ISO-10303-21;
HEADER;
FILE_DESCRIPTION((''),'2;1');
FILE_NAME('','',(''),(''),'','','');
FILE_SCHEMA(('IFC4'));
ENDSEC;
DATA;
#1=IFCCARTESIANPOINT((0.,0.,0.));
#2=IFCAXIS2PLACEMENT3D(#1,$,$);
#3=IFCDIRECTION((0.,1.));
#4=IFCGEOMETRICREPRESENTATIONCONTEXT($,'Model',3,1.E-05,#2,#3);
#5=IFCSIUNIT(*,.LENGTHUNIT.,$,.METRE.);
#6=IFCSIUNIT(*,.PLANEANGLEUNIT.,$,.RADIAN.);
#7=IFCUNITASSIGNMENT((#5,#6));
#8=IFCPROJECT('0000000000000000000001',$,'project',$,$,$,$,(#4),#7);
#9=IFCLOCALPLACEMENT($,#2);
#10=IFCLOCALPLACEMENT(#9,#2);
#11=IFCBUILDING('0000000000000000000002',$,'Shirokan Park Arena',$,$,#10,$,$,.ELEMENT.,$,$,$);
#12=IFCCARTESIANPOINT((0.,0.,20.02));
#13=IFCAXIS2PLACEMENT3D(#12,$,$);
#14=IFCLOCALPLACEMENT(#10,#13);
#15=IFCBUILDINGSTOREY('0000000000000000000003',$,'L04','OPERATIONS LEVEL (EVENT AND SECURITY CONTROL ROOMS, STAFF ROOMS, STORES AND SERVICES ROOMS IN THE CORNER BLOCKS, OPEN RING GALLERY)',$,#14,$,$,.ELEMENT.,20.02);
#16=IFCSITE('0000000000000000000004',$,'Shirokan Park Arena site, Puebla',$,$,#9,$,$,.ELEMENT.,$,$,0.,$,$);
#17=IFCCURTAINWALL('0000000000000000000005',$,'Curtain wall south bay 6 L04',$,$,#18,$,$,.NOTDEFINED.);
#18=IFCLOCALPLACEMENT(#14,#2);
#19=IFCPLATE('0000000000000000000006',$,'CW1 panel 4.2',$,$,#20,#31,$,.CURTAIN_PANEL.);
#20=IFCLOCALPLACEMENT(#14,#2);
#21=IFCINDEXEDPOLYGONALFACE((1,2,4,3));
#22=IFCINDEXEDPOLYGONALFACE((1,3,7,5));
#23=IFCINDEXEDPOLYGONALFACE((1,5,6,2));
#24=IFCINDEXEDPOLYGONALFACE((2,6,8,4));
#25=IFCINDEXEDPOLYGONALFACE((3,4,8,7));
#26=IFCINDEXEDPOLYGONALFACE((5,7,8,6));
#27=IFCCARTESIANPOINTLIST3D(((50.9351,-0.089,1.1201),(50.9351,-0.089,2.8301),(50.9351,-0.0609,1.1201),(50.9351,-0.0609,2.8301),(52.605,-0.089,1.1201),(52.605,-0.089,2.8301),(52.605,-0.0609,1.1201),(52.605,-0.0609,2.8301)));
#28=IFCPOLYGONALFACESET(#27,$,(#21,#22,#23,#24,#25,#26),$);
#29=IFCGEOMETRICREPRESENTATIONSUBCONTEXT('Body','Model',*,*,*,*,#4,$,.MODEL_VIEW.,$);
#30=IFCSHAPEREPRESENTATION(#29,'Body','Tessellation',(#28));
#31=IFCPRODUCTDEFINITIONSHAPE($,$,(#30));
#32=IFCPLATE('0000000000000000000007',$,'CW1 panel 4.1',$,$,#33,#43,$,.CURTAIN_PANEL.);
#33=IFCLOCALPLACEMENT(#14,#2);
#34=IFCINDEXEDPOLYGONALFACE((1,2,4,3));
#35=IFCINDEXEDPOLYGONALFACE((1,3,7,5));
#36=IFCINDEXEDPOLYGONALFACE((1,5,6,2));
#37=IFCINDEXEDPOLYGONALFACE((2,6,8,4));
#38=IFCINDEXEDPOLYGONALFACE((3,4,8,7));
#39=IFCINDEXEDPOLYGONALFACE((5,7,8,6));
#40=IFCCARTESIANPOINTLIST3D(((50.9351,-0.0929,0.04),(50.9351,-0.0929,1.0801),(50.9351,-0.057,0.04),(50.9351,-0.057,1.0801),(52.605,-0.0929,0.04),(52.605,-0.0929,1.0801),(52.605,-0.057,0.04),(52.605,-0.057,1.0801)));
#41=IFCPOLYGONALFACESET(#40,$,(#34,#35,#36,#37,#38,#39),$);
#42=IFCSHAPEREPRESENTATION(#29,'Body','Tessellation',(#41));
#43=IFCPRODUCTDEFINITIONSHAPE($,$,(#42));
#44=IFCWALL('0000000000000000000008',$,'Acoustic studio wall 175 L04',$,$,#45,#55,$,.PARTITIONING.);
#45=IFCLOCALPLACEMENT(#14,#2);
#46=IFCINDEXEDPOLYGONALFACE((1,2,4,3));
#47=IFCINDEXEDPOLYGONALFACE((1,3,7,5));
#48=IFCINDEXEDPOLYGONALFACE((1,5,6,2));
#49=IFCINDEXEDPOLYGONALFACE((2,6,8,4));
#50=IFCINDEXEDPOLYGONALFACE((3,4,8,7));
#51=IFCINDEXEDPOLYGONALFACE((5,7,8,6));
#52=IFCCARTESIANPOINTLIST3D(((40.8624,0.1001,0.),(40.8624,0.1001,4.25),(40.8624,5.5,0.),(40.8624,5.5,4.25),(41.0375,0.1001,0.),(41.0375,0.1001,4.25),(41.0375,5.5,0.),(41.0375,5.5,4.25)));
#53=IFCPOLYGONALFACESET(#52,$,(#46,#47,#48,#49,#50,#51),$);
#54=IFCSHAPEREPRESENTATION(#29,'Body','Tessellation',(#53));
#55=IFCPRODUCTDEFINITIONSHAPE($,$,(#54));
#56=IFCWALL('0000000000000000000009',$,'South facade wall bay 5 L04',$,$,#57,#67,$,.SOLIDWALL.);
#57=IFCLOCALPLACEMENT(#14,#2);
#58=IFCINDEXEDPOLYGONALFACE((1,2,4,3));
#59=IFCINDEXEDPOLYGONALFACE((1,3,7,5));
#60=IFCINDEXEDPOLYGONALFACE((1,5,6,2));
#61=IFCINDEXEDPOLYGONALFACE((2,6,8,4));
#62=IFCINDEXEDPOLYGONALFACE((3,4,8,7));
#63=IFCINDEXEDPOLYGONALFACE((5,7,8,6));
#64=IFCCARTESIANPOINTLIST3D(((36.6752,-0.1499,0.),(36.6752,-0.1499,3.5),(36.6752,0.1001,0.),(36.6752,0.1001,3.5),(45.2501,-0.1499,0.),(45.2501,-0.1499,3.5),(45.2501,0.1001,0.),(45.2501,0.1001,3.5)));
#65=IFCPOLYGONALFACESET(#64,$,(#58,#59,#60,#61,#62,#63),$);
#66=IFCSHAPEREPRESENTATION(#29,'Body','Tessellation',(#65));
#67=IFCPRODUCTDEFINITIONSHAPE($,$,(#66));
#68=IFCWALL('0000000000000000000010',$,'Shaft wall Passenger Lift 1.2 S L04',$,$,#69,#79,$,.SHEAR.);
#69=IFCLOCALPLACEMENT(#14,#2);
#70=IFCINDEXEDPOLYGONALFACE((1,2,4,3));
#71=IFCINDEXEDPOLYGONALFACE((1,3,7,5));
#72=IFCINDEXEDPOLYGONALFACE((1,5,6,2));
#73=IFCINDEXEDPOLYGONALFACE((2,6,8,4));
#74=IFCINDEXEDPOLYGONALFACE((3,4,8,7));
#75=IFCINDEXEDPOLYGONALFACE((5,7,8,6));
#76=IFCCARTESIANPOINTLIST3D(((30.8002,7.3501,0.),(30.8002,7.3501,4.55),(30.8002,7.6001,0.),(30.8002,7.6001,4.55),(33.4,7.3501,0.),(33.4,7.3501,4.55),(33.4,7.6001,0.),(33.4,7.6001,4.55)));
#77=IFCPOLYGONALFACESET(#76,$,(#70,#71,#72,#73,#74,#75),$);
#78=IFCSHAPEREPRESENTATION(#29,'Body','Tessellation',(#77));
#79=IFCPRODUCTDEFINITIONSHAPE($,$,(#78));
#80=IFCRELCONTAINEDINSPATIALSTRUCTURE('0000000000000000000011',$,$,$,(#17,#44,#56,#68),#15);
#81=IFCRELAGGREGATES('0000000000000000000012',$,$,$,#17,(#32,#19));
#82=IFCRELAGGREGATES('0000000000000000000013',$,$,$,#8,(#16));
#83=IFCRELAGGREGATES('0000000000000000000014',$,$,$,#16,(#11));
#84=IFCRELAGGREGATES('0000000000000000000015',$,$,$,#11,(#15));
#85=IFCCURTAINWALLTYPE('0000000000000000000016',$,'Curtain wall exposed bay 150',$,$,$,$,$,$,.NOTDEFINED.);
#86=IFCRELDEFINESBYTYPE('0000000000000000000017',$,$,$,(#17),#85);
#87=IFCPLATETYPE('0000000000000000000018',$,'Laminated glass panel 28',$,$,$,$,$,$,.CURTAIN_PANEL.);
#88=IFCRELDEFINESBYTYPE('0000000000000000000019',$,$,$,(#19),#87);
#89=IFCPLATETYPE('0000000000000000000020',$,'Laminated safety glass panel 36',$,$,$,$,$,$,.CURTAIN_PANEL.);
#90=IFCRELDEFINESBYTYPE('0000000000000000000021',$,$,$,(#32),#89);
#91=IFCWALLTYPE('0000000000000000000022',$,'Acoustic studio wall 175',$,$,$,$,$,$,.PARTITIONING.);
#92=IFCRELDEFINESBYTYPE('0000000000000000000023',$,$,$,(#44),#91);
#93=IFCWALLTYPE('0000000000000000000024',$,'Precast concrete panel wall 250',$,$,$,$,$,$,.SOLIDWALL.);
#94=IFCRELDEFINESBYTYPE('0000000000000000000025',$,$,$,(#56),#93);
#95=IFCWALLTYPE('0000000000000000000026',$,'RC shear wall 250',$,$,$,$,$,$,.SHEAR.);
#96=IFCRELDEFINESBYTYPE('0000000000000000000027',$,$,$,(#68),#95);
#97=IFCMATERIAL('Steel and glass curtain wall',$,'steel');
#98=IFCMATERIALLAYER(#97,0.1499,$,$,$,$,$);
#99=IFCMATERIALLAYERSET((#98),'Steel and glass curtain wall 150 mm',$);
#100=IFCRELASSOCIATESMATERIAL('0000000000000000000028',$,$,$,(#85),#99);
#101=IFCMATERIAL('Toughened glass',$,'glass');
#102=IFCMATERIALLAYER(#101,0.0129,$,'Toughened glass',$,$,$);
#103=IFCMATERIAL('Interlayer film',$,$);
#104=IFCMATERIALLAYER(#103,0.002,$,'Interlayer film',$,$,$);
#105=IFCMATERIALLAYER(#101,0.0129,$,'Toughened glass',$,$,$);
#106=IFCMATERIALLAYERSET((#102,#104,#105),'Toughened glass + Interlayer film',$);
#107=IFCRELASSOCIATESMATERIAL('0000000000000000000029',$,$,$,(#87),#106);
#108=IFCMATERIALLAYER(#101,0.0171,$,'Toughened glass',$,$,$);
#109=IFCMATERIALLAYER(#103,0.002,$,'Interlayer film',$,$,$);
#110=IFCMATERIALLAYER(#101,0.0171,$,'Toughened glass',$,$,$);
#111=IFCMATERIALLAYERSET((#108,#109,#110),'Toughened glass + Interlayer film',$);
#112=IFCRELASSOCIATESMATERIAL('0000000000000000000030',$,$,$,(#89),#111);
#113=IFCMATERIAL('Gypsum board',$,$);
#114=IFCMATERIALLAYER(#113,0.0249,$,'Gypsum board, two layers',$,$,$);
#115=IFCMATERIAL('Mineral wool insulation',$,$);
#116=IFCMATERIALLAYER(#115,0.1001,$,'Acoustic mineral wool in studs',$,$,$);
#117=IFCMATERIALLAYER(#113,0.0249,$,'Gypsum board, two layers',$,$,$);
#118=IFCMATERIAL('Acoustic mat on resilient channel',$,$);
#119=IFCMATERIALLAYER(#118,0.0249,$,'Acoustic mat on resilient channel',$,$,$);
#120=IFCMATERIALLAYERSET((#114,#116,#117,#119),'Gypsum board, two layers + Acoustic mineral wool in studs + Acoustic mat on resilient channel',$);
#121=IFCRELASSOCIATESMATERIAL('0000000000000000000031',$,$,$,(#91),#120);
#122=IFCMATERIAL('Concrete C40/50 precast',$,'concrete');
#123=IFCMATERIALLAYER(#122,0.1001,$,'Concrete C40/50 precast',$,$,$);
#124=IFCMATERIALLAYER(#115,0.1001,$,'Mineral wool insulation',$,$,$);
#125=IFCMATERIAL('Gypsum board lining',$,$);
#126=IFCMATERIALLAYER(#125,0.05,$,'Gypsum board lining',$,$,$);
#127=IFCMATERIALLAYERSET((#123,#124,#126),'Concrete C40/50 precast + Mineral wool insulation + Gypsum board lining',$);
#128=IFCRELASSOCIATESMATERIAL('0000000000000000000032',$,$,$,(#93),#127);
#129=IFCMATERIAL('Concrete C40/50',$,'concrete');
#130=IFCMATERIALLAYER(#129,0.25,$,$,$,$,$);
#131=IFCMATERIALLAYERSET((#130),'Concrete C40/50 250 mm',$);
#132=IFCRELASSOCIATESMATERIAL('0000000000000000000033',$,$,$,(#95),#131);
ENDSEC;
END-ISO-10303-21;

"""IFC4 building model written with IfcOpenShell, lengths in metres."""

from ifc_helpers import new_model, si_unit, direction, frame, frame_2d, origin, origin_2d, place, context, subcontext, project, spatial, rectangle, extrude, material, layer, layer_set, type_object, element, aggregate, save


model = new_model("IFC4")

# Units and contexts
model_context = context("Model", 3, precision=1e-05, world=origin(), true_north=direction((0.0, 1.0)))
body_context = subcontext(model_context, "Body", "Model", "MODEL_VIEW")
ifc_project = project(units=[si_unit("LENGTHUNIT", "METRE"), si_unit("PLANEANGLEUNIT", "RADIAN")], contexts=[model_context])

# Site, building, storey
site_placement = place(None, origin())
site = spatial("IfcSite", under=ifc_project, at=site_placement, Name="Shirokan Park Arena site, Puebla", CompositionType="ELEMENT", RefElevation=0.0)
building_placement = place(site_placement, origin())
building = spatial("IfcBuilding", under=site, at=building_placement, Name="Shirokan Park Arena", CompositionType="ELEMENT")
storey_placement = place(building_placement, frame((0.0, 0.0, 20.02)))
storey = spatial("IfcBuildingStorey", under=building, at=storey_placement, Name="L04", Description="OPERATIONS LEVEL (EVENT AND SECURITY CONTROL ROOMS, STAFF ROOMS, STORES AND SERVICES ROOMS IN THE CORNER BLOCKS, OPEN RING GALLERY)", CompositionType="ELEMENT", Elevation=20.02)

# Curtain wall, plates
ifc_material_1 = material(Name="Steel and glass curtain wall", Category="steel")
ifc_layer_1 = layer(ifc_material_1, 0.1499)
ifc_layer_set_1 = layer_set([ifc_layer_1], Name="Steel and glass curtain wall 150 mm")
curtain_wall_type = type_object("IfcCurtainWallType", Name="Curtain wall exposed bay 150", PredefinedType="NOTDEFINED", material=ifc_layer_set_1)
curtain_wall_placement = place(storey_placement, origin())
curtain_wall = element("IfcCurtainWall", 1, at=curtain_wall_placement, inside=storey, type_object=curtain_wall_type, Name="Curtain wall south bay 6 L04", PredefinedType="NOTDEFINED")
ifc_material_2 = material(Name="Toughened glass", Category="glass")
ifc_layer_2 = layer(ifc_material_2, 0.0129, Name="Toughened glass")
ifc_material_3 = material(Name="Interlayer film")
ifc_layer_3 = layer(ifc_material_3, 0.002, Name="Interlayer film")
ifc_layer_4 = layer(ifc_material_2, 0.0129, Name="Toughened glass")
ifc_layer_set_2 = layer_set([ifc_layer_2, ifc_layer_3, ifc_layer_4], Name="Toughened glass + Interlayer film")
plate_type_1 = type_object("IfcPlateType", Name="Laminated glass panel 28", PredefinedType="CURTAIN_PANEL", material=ifc_layer_set_2)
plate_1_placement = place(storey_placement, frame((51.77, -0.075, 1.1201), z_axis=(0.0, 0.0, 1.0), x_axis=(1.0, 0.0, 0.0)))
plate_1 = element("IfcPlate", 2, at=plate_1_placement, type_object=plate_type_1, Name="CW1 panel 4.2", PredefinedType="CURTAIN_PANEL", context=body_context, shape_type="SweptSolid", body=[
    extrude(rectangle(XDim=1.6699, YDim=0.0281, at=origin_2d()), origin(), (0.0, 0.0, 1.0), 1.71),
])
ifc_layer_5 = layer(ifc_material_2, 0.0171, Name="Toughened glass")
ifc_layer_6 = layer(ifc_material_3, 0.002, Name="Interlayer film")
ifc_layer_7 = layer(ifc_material_2, 0.0171, Name="Toughened glass")
ifc_layer_set_3 = layer_set([ifc_layer_5, ifc_layer_6, ifc_layer_7], Name="Toughened glass + Interlayer film")
plate_type_2 = type_object("IfcPlateType", Name="Laminated safety glass panel 36", PredefinedType="CURTAIN_PANEL", material=ifc_layer_set_3)
plate_2_placement = place(storey_placement, frame((51.77, -0.075, 0.04), z_axis=(0.0, 0.0, 1.0), x_axis=(1.0, 0.0, 0.0)))
plate_2 = element("IfcPlate", 3, at=plate_2_placement, type_object=plate_type_2, Name="CW1 panel 4.1", PredefinedType="CURTAIN_PANEL", context=body_context, shape_type="SweptSolid", body=[
    extrude(rectangle(XDim=1.6699, YDim=0.0359, at=origin_2d()), origin(), (0.0, 0.0, 1.0), 1.04),
])
aggregate(curtain_wall, [plate_2, plate_1])

# Wall
ifc_material_4 = material(Name="Gypsum board")
ifc_layer_8 = layer(ifc_material_4, 0.0249, Name="Gypsum board, two layers")
ifc_material_5 = material(Name="Mineral wool insulation")
ifc_layer_9 = layer(ifc_material_5, 0.1001, Name="Acoustic mineral wool in studs")
ifc_layer_10 = layer(ifc_material_4, 0.0249, Name="Gypsum board, two layers")
ifc_material_6 = material(Name="Acoustic mat on resilient channel")
ifc_layer_11 = layer(ifc_material_6, 0.0249, Name="Acoustic mat on resilient channel")
ifc_layer_set_4 = layer_set([ifc_layer_8, ifc_layer_9, ifc_layer_10, ifc_layer_11], Name="Gypsum board, two layers + Acoustic mineral wool in studs + Acoustic mat on resilient channel")
wall_type_1 = type_object("IfcWallType", Name="Acoustic studio wall 175", PredefinedType="PARTITIONING", material=ifc_layer_set_4)
wall_1_placement = place(storey_placement, frame((40.95, 0.1001, 0.0), z_axis=(0.0, 0.0, 1.0), x_axis=(0.0, 1.0, 0.0)))
element("IfcWall", 4, at=wall_1_placement, inside=storey, type_object=wall_type_1, Name="Acoustic studio wall 175 L04", PredefinedType="PARTITIONING", context=body_context, shape_type="SweptSolid", body=[
    extrude(rectangle(XDim=5.3999, YDim=0.175, at=frame_2d((2.7, 0.0))), origin(), (0.0, 0.0, 1.0), 4.25),
])

# Walls
ifc_material_7 = material(Name="Concrete C40/50 precast", Category="concrete")
ifc_layer_12 = layer(ifc_material_7, 0.1001, Name="Concrete C40/50 precast")
ifc_layer_13 = layer(ifc_material_5, 0.1001, Name="Mineral wool insulation")
ifc_material_8 = material(Name="Gypsum board lining")
ifc_layer_14 = layer(ifc_material_8, 0.05, Name="Gypsum board lining")
ifc_layer_set_5 = layer_set([ifc_layer_12, ifc_layer_13, ifc_layer_14], Name="Concrete C40/50 precast + Mineral wool insulation + Gypsum board lining")
wall_type_2 = type_object("IfcWallType", Name="Precast concrete panel wall 250", PredefinedType="SOLIDWALL", material=ifc_layer_set_5)
wall_2_placement = place(storey_placement, frame((36.675, -0.0249, 0.0), z_axis=(0.0, 0.0, 1.0), x_axis=(1.0, 0.0, 0.0)))
element("IfcWall", 5, at=wall_2_placement, inside=storey, type_object=wall_type_2, Name="South facade wall bay 5 L04", PredefinedType="SOLIDWALL", context=body_context, shape_type="SweptSolid", body=[
    extrude(rectangle(XDim=8.575, YDim=0.25, at=frame_2d((4.2876, 0.0))), origin(), (0.0, 0.0, 1.0), 3.5),
])
ifc_material_9 = material(Name="Concrete C40/50", Category="concrete")
ifc_layer_15 = layer(ifc_material_9, 0.25)
ifc_layer_set_6 = layer_set([ifc_layer_15], Name="Concrete C40/50 250 mm")
wall_type_3 = type_object("IfcWallType", Name="RC shear wall 250", PredefinedType="SHEAR", material=ifc_layer_set_6)
wall_3_placement = place(storey_placement, frame((33.3999, 7.4751, 0.0), z_axis=(0.0, 0.0, 1.0), x_axis=(-1.0, 0.0, 0.0)))
element("IfcWall", 6, at=wall_3_placement, inside=storey, type_object=wall_type_3, Name="Shaft wall Passenger Lift 1.2 S L04", PredefinedType="SHEAR", context=body_context, shape_type="SweptSolid", body=[
    extrude(rectangle(XDim=2.5999, YDim=0.25, at=frame_2d((1.2998, 0.0))), origin(), (0.0, 0.0, 1.0), 4.55),
])

save(model, "model.ifc")
